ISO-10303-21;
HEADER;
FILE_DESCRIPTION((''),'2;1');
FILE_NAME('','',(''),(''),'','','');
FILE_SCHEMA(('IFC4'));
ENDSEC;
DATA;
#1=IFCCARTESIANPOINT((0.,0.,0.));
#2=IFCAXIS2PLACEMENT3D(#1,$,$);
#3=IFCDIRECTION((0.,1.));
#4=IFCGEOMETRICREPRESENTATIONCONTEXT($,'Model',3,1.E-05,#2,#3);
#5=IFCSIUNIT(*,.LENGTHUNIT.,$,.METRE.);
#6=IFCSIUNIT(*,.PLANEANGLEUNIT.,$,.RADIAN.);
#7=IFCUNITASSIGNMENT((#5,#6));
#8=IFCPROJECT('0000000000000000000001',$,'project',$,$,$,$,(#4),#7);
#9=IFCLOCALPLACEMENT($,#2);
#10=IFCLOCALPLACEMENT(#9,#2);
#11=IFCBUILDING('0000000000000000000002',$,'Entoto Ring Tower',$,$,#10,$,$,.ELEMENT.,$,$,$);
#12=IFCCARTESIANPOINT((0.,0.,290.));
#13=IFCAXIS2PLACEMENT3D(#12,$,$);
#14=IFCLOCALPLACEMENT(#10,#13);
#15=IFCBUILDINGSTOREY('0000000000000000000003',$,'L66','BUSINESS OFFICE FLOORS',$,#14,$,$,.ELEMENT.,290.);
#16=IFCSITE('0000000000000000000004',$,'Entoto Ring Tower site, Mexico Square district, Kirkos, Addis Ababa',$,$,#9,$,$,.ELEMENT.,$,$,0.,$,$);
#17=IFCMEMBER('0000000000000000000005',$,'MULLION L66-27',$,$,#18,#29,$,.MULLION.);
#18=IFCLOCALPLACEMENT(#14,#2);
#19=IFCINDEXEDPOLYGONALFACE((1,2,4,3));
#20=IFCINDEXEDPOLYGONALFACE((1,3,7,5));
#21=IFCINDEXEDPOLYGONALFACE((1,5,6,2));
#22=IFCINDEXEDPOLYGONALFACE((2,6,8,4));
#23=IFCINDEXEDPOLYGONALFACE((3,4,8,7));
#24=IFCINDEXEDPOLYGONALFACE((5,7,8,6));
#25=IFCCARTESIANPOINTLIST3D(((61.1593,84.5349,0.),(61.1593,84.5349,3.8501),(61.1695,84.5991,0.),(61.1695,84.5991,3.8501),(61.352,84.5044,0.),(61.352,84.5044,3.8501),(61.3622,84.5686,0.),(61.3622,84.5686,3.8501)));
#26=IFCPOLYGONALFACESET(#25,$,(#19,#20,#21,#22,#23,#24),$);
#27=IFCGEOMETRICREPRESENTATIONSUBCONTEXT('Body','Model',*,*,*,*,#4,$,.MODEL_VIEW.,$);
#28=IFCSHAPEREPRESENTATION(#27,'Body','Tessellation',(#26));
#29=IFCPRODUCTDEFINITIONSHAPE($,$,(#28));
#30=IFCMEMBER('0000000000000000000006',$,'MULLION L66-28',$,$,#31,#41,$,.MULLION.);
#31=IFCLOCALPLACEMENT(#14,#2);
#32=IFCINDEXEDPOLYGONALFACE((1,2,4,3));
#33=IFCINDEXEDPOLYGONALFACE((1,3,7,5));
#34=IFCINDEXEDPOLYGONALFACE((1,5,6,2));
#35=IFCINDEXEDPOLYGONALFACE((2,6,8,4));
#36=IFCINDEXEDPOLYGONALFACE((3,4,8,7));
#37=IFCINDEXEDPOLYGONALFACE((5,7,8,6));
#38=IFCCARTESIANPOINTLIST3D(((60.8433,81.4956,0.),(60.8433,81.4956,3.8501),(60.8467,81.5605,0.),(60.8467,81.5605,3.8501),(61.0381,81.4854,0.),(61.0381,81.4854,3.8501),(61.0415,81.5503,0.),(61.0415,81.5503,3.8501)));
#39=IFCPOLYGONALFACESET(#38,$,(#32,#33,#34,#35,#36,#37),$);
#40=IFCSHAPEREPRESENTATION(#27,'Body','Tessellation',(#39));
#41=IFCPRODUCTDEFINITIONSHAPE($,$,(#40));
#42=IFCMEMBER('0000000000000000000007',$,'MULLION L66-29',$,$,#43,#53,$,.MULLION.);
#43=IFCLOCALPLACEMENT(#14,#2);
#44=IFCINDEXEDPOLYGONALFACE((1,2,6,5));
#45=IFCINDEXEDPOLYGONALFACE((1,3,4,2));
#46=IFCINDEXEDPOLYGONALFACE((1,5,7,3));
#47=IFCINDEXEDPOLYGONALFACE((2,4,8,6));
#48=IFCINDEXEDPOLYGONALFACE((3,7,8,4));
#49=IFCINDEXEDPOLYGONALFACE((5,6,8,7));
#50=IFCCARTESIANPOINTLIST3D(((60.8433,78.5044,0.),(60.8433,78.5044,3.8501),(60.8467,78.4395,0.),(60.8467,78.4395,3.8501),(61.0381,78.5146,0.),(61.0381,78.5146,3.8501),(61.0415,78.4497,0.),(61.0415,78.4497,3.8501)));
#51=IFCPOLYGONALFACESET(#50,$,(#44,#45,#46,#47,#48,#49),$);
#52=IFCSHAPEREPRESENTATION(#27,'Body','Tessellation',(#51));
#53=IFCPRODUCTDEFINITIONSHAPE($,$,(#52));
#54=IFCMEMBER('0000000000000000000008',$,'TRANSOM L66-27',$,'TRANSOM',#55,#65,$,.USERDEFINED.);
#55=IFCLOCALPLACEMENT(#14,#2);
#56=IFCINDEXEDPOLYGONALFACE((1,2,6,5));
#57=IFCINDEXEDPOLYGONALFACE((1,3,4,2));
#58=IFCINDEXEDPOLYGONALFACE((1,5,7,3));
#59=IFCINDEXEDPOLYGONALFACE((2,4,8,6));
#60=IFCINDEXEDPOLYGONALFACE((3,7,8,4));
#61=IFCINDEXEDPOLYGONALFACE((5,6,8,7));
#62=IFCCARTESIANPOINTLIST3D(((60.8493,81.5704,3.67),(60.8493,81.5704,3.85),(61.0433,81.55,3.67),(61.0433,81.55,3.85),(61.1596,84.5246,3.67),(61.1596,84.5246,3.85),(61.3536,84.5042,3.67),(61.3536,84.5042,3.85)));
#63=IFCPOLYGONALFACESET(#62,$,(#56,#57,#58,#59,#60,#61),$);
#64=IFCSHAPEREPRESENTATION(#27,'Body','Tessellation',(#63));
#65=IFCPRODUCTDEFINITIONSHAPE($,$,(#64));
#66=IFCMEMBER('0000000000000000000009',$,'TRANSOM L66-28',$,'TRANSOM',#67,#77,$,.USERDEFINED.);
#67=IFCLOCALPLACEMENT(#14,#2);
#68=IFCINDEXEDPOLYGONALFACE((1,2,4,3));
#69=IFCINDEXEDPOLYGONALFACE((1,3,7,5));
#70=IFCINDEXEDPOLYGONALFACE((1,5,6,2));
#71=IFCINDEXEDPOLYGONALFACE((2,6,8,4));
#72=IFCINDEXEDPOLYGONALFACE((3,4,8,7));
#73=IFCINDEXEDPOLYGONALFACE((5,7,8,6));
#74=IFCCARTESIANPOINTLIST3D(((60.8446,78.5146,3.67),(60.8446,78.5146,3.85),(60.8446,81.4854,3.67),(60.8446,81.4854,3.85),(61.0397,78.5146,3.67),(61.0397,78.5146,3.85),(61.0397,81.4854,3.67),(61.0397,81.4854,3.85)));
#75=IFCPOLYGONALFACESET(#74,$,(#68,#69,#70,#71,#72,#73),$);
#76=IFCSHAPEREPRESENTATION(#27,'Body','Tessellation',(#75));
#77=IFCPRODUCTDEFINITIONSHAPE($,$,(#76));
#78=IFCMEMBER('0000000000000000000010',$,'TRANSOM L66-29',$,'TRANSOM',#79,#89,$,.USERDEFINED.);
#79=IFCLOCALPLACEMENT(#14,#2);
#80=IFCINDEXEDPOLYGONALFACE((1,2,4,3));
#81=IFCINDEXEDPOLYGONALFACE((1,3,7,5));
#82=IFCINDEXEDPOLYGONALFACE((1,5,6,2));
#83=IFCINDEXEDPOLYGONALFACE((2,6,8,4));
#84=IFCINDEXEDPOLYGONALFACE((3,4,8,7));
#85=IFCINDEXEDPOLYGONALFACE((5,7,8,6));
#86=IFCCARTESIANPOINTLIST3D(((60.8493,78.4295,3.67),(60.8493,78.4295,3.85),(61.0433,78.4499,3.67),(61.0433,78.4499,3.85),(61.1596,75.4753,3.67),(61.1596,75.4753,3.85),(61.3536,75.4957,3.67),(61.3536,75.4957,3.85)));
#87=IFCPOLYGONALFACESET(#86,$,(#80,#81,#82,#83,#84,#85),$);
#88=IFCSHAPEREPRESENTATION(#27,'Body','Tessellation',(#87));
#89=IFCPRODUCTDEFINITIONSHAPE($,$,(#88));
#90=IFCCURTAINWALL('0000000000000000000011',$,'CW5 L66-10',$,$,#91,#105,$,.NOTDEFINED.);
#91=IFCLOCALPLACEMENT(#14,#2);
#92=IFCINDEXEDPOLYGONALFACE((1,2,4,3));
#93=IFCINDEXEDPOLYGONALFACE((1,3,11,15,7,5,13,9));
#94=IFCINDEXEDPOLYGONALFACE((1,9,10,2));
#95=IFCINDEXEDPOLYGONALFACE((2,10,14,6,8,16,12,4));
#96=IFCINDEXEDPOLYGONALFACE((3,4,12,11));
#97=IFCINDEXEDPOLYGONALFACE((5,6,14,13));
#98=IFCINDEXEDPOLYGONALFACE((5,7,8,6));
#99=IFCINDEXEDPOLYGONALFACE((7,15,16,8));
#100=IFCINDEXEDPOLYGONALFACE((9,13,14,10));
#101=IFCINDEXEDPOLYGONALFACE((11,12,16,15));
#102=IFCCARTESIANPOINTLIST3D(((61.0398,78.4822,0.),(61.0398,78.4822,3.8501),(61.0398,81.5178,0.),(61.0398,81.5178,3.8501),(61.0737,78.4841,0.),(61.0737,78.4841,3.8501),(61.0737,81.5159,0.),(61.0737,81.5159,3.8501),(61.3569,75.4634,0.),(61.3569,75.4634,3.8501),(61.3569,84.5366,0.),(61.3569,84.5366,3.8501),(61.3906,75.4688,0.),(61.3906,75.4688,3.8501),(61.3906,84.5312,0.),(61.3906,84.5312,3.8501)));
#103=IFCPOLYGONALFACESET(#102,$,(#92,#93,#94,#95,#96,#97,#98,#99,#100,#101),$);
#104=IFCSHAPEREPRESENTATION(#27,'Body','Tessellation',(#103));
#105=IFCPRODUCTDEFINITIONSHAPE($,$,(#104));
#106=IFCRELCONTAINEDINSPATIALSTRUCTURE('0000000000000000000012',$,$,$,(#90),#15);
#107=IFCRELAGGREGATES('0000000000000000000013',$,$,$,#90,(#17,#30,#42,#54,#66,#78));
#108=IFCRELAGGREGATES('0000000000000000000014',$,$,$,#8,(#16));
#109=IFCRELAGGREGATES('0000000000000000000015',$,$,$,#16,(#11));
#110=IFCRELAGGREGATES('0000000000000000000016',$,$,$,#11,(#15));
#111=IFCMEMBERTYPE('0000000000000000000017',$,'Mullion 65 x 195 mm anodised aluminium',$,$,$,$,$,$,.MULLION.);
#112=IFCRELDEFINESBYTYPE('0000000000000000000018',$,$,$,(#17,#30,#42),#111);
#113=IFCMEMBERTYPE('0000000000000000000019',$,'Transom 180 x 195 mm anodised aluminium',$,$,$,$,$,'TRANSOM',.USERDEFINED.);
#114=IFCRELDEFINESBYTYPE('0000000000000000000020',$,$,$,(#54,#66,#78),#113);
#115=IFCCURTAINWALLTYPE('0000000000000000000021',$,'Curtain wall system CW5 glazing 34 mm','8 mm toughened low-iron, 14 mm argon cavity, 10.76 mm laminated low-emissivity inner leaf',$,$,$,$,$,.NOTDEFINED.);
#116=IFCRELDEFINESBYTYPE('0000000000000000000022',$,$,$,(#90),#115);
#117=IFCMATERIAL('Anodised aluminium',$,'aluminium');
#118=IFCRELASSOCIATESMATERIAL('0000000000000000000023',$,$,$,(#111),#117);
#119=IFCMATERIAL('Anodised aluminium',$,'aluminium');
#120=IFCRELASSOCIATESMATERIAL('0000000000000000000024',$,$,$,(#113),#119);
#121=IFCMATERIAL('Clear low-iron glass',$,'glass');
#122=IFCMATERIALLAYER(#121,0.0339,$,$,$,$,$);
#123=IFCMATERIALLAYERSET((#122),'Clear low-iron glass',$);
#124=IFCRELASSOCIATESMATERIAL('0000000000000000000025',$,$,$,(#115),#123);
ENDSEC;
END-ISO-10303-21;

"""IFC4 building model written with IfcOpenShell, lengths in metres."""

from ifc_helpers import new_model, si_unit, direction, frame, origin, origin_2d, place, context, subcontext, project, spatial, polyline, rectangle, outline, extrude, material, layer, layer_set, material_profile, profile_set, type_object, element, aggregate, save


model = new_model("IFC4")

# Units and contexts
model_context = context("Model", 3, precision=1e-05, world=origin(), true_north=direction((0.0, 1.0)))
body_context = subcontext(model_context, "Body", "Model", "MODEL_VIEW")
ifc_project = project(units=[si_unit("LENGTHUNIT", "METRE"), si_unit("PLANEANGLEUNIT", "RADIAN")], contexts=[model_context])

# Members
ifc_material_1 = material(Name="Anodised aluminium", Category="aluminium")
ifc_material_profile_1 = material_profile(ifc_material_1, rectangle(XDim=0.0649, YDim=0.1951, at=origin_2d()), Name="Mullion 65 x 195 mm anodised aluminium")
ifc_profile_set_1 = profile_set([ifc_material_profile_1], Name="Anodised aluminium")
member_type_1 = type_object("IfcMemberType", Name="Mullion 65 x 195 mm anodised aluminium", PredefinedType="MULLION", material=ifc_profile_set_1)
site_placement = place(None, origin())
building_placement = place(site_placement, origin())
storey_placement = place(building_placement, frame((0.0, 0.0, 290.0)))
member_1_placement = place(storey_placement, frame((61.2607, 84.5518, 0.0), z_axis=(0.0, 0.0, 1.0), x_axis=(-0.156434, -0.987688, 0.0)))
member_1 = element("IfcMember", 1, at=member_1_placement, type_object=member_type_1, Name="MULLION L66-27", PredefinedType="MULLION", context=body_context, shape_type="SweptSolid", body=[
    extrude(rectangle(XDim=0.0649, YDim=0.1951, at=origin_2d()), origin(), (0.0, 0.0, 1.0), 3.8501),
])
member_2_placement = place(storey_placement, frame((60.9424, 81.5229, 0.0), z_axis=(0.0, 0.0, 1.0), x_axis=(-0.052336, -0.99863, 0.0)))
member_2 = element("IfcMember", 2, at=member_2_placement, type_object=member_type_1, Name="MULLION L66-28", PredefinedType="MULLION", context=body_context, shape_type="SweptSolid", body=[
    extrude(rectangle(XDim=0.0649, YDim=0.1951, at=origin_2d()), origin(), (0.0, 0.0, 1.0), 3.8501),
])
member_3_placement = place(storey_placement, frame((60.9424, 78.4771, 0.0), z_axis=(0.0, 0.0, 1.0), x_axis=(0.052336, -0.99863, 0.0)))
member_3 = element("IfcMember", 3, at=member_3_placement, type_object=member_type_1, Name="MULLION L66-29", PredefinedType="MULLION", context=body_context, shape_type="SweptSolid", body=[
    extrude(rectangle(XDim=0.0649, YDim=0.1951, at=origin_2d()), origin(), (0.0, 0.0, 1.0), 3.8501),
])
ifc_material_2 = material(Name="Anodised aluminium", Category="aluminium")
ifc_material_profile_2 = material_profile(ifc_material_2, rectangle(XDim=0.1951, YDim=0.1799, at=origin_2d()), Name="Transom 180 x 195 mm anodised aluminium")
ifc_profile_set_2 = profile_set([ifc_material_profile_2], Name="Anodised aluminium")
member_type_2 = type_object("IfcMemberType", Name="Transom 180 x 195 mm anodised aluminium", ElementType="TRANSOM", PredefinedType="USERDEFINED", material=ifc_profile_set_2)
member_4_placement = place(storey_placement, frame((61.2566, 84.5144, 3.76), z_axis=(-0.104467, -0.994528, 0.0), x_axis=(0.994528, -0.104467, 0.0)))
member_4 = element("IfcMember", 4, at=member_4_placement, type_object=member_type_2, Name="TRANSOM L66-27", ObjectType="TRANSOM", PredefinedType="USERDEFINED", context=body_context, shape_type="SweptSolid", body=[
    extrude(rectangle(XDim=0.1951, YDim=0.1799, at=origin_2d()), origin(), (0.0, 0.0, 1.0), 2.9705),
])
member_5_placement = place(storey_placement, frame((60.9421, 81.4854, 3.76), z_axis=(0.0, -1.0, 0.0), x_axis=(1.0, 0.0, 0.0)))
member_5 = element("IfcMember", 5, at=member_5_placement, type_object=member_type_2, Name="TRANSOM L66-28", ObjectType="TRANSOM", PredefinedType="USERDEFINED", context=body_context, shape_type="SweptSolid", body=[
    extrude(rectangle(XDim=0.1951, YDim=0.1799, at=origin_2d()), origin(), (0.0, 0.0, 1.0), 2.9707),
])
member_6_placement = place(storey_placement, frame((60.9463, 78.4397, 3.76), z_axis=(0.104467, -0.994528, 0.0), x_axis=(0.994528, 0.104467, 0.0)))
member_6 = element("IfcMember", 6, at=member_6_placement, type_object=member_type_2, Name="TRANSOM L66-29", ObjectType="TRANSOM", PredefinedType="USERDEFINED", context=body_context, shape_type="SweptSolid", body=[
    extrude(rectangle(XDim=0.1951, YDim=0.1799, at=origin_2d()), origin(), (0.0, 0.0, 1.0), 2.9705),
])

# Site, building, storey
site = spatial("IfcSite", under=ifc_project, at=site_placement, Name="Entoto Ring Tower site, Mexico Square district, Kirkos, Addis Ababa", CompositionType="ELEMENT", RefElevation=0.0)
building = spatial("IfcBuilding", under=site, at=building_placement, Name="Entoto Ring Tower", CompositionType="ELEMENT")
storey = spatial("IfcBuildingStorey", under=building, at=storey_placement, Name="L66", Description="BUSINESS OFFICE FLOORS", CompositionType="ELEMENT", Elevation=290.0)

# Curtain wall
ifc_material_3 = material(Name="Clear low-iron glass", Category="glass")
ifc_layer = layer(ifc_material_3, 0.0339)
ifc_layer_set = layer_set([ifc_layer], Name="Clear low-iron glass")
curtain_wall_type = type_object("IfcCurtainWallType", Name="Curtain wall system CW5 glazing 34 mm", Description="8 mm toughened low-iron, 14 mm argon cavity, 10.76 mm laminated low-emissivity inner leaf", PredefinedType="NOTDEFINED", material=ifc_layer_set)
curtain_wall_1_placement = place(storey_placement, origin())
curtain_wall_1 = element("IfcCurtainWall", 7, at=curtain_wall_1_placement, inside=storey, type_object=curtain_wall_type, Name="CW5 L66-10", PredefinedType="NOTDEFINED", context=body_context, shape_type="SweptSolid", body=[
    extrude(outline(polyline([(61.3569, 84.5366), (61.0398, 81.5178), (61.0398, 78.4822), (61.3569, 75.4634), (61.3906, 75.4688), (61.0737, 78.4841), (61.0737, 81.5159), (61.3906, 84.5312), (61.3569, 84.5366)])), origin(), (0.0, 0.0, 1.0), 3.8501),
])
aggregate(curtain_wall_1, [member_1, member_2, member_3, member_4, member_5, member_6])

save(model, "model.ifc")
